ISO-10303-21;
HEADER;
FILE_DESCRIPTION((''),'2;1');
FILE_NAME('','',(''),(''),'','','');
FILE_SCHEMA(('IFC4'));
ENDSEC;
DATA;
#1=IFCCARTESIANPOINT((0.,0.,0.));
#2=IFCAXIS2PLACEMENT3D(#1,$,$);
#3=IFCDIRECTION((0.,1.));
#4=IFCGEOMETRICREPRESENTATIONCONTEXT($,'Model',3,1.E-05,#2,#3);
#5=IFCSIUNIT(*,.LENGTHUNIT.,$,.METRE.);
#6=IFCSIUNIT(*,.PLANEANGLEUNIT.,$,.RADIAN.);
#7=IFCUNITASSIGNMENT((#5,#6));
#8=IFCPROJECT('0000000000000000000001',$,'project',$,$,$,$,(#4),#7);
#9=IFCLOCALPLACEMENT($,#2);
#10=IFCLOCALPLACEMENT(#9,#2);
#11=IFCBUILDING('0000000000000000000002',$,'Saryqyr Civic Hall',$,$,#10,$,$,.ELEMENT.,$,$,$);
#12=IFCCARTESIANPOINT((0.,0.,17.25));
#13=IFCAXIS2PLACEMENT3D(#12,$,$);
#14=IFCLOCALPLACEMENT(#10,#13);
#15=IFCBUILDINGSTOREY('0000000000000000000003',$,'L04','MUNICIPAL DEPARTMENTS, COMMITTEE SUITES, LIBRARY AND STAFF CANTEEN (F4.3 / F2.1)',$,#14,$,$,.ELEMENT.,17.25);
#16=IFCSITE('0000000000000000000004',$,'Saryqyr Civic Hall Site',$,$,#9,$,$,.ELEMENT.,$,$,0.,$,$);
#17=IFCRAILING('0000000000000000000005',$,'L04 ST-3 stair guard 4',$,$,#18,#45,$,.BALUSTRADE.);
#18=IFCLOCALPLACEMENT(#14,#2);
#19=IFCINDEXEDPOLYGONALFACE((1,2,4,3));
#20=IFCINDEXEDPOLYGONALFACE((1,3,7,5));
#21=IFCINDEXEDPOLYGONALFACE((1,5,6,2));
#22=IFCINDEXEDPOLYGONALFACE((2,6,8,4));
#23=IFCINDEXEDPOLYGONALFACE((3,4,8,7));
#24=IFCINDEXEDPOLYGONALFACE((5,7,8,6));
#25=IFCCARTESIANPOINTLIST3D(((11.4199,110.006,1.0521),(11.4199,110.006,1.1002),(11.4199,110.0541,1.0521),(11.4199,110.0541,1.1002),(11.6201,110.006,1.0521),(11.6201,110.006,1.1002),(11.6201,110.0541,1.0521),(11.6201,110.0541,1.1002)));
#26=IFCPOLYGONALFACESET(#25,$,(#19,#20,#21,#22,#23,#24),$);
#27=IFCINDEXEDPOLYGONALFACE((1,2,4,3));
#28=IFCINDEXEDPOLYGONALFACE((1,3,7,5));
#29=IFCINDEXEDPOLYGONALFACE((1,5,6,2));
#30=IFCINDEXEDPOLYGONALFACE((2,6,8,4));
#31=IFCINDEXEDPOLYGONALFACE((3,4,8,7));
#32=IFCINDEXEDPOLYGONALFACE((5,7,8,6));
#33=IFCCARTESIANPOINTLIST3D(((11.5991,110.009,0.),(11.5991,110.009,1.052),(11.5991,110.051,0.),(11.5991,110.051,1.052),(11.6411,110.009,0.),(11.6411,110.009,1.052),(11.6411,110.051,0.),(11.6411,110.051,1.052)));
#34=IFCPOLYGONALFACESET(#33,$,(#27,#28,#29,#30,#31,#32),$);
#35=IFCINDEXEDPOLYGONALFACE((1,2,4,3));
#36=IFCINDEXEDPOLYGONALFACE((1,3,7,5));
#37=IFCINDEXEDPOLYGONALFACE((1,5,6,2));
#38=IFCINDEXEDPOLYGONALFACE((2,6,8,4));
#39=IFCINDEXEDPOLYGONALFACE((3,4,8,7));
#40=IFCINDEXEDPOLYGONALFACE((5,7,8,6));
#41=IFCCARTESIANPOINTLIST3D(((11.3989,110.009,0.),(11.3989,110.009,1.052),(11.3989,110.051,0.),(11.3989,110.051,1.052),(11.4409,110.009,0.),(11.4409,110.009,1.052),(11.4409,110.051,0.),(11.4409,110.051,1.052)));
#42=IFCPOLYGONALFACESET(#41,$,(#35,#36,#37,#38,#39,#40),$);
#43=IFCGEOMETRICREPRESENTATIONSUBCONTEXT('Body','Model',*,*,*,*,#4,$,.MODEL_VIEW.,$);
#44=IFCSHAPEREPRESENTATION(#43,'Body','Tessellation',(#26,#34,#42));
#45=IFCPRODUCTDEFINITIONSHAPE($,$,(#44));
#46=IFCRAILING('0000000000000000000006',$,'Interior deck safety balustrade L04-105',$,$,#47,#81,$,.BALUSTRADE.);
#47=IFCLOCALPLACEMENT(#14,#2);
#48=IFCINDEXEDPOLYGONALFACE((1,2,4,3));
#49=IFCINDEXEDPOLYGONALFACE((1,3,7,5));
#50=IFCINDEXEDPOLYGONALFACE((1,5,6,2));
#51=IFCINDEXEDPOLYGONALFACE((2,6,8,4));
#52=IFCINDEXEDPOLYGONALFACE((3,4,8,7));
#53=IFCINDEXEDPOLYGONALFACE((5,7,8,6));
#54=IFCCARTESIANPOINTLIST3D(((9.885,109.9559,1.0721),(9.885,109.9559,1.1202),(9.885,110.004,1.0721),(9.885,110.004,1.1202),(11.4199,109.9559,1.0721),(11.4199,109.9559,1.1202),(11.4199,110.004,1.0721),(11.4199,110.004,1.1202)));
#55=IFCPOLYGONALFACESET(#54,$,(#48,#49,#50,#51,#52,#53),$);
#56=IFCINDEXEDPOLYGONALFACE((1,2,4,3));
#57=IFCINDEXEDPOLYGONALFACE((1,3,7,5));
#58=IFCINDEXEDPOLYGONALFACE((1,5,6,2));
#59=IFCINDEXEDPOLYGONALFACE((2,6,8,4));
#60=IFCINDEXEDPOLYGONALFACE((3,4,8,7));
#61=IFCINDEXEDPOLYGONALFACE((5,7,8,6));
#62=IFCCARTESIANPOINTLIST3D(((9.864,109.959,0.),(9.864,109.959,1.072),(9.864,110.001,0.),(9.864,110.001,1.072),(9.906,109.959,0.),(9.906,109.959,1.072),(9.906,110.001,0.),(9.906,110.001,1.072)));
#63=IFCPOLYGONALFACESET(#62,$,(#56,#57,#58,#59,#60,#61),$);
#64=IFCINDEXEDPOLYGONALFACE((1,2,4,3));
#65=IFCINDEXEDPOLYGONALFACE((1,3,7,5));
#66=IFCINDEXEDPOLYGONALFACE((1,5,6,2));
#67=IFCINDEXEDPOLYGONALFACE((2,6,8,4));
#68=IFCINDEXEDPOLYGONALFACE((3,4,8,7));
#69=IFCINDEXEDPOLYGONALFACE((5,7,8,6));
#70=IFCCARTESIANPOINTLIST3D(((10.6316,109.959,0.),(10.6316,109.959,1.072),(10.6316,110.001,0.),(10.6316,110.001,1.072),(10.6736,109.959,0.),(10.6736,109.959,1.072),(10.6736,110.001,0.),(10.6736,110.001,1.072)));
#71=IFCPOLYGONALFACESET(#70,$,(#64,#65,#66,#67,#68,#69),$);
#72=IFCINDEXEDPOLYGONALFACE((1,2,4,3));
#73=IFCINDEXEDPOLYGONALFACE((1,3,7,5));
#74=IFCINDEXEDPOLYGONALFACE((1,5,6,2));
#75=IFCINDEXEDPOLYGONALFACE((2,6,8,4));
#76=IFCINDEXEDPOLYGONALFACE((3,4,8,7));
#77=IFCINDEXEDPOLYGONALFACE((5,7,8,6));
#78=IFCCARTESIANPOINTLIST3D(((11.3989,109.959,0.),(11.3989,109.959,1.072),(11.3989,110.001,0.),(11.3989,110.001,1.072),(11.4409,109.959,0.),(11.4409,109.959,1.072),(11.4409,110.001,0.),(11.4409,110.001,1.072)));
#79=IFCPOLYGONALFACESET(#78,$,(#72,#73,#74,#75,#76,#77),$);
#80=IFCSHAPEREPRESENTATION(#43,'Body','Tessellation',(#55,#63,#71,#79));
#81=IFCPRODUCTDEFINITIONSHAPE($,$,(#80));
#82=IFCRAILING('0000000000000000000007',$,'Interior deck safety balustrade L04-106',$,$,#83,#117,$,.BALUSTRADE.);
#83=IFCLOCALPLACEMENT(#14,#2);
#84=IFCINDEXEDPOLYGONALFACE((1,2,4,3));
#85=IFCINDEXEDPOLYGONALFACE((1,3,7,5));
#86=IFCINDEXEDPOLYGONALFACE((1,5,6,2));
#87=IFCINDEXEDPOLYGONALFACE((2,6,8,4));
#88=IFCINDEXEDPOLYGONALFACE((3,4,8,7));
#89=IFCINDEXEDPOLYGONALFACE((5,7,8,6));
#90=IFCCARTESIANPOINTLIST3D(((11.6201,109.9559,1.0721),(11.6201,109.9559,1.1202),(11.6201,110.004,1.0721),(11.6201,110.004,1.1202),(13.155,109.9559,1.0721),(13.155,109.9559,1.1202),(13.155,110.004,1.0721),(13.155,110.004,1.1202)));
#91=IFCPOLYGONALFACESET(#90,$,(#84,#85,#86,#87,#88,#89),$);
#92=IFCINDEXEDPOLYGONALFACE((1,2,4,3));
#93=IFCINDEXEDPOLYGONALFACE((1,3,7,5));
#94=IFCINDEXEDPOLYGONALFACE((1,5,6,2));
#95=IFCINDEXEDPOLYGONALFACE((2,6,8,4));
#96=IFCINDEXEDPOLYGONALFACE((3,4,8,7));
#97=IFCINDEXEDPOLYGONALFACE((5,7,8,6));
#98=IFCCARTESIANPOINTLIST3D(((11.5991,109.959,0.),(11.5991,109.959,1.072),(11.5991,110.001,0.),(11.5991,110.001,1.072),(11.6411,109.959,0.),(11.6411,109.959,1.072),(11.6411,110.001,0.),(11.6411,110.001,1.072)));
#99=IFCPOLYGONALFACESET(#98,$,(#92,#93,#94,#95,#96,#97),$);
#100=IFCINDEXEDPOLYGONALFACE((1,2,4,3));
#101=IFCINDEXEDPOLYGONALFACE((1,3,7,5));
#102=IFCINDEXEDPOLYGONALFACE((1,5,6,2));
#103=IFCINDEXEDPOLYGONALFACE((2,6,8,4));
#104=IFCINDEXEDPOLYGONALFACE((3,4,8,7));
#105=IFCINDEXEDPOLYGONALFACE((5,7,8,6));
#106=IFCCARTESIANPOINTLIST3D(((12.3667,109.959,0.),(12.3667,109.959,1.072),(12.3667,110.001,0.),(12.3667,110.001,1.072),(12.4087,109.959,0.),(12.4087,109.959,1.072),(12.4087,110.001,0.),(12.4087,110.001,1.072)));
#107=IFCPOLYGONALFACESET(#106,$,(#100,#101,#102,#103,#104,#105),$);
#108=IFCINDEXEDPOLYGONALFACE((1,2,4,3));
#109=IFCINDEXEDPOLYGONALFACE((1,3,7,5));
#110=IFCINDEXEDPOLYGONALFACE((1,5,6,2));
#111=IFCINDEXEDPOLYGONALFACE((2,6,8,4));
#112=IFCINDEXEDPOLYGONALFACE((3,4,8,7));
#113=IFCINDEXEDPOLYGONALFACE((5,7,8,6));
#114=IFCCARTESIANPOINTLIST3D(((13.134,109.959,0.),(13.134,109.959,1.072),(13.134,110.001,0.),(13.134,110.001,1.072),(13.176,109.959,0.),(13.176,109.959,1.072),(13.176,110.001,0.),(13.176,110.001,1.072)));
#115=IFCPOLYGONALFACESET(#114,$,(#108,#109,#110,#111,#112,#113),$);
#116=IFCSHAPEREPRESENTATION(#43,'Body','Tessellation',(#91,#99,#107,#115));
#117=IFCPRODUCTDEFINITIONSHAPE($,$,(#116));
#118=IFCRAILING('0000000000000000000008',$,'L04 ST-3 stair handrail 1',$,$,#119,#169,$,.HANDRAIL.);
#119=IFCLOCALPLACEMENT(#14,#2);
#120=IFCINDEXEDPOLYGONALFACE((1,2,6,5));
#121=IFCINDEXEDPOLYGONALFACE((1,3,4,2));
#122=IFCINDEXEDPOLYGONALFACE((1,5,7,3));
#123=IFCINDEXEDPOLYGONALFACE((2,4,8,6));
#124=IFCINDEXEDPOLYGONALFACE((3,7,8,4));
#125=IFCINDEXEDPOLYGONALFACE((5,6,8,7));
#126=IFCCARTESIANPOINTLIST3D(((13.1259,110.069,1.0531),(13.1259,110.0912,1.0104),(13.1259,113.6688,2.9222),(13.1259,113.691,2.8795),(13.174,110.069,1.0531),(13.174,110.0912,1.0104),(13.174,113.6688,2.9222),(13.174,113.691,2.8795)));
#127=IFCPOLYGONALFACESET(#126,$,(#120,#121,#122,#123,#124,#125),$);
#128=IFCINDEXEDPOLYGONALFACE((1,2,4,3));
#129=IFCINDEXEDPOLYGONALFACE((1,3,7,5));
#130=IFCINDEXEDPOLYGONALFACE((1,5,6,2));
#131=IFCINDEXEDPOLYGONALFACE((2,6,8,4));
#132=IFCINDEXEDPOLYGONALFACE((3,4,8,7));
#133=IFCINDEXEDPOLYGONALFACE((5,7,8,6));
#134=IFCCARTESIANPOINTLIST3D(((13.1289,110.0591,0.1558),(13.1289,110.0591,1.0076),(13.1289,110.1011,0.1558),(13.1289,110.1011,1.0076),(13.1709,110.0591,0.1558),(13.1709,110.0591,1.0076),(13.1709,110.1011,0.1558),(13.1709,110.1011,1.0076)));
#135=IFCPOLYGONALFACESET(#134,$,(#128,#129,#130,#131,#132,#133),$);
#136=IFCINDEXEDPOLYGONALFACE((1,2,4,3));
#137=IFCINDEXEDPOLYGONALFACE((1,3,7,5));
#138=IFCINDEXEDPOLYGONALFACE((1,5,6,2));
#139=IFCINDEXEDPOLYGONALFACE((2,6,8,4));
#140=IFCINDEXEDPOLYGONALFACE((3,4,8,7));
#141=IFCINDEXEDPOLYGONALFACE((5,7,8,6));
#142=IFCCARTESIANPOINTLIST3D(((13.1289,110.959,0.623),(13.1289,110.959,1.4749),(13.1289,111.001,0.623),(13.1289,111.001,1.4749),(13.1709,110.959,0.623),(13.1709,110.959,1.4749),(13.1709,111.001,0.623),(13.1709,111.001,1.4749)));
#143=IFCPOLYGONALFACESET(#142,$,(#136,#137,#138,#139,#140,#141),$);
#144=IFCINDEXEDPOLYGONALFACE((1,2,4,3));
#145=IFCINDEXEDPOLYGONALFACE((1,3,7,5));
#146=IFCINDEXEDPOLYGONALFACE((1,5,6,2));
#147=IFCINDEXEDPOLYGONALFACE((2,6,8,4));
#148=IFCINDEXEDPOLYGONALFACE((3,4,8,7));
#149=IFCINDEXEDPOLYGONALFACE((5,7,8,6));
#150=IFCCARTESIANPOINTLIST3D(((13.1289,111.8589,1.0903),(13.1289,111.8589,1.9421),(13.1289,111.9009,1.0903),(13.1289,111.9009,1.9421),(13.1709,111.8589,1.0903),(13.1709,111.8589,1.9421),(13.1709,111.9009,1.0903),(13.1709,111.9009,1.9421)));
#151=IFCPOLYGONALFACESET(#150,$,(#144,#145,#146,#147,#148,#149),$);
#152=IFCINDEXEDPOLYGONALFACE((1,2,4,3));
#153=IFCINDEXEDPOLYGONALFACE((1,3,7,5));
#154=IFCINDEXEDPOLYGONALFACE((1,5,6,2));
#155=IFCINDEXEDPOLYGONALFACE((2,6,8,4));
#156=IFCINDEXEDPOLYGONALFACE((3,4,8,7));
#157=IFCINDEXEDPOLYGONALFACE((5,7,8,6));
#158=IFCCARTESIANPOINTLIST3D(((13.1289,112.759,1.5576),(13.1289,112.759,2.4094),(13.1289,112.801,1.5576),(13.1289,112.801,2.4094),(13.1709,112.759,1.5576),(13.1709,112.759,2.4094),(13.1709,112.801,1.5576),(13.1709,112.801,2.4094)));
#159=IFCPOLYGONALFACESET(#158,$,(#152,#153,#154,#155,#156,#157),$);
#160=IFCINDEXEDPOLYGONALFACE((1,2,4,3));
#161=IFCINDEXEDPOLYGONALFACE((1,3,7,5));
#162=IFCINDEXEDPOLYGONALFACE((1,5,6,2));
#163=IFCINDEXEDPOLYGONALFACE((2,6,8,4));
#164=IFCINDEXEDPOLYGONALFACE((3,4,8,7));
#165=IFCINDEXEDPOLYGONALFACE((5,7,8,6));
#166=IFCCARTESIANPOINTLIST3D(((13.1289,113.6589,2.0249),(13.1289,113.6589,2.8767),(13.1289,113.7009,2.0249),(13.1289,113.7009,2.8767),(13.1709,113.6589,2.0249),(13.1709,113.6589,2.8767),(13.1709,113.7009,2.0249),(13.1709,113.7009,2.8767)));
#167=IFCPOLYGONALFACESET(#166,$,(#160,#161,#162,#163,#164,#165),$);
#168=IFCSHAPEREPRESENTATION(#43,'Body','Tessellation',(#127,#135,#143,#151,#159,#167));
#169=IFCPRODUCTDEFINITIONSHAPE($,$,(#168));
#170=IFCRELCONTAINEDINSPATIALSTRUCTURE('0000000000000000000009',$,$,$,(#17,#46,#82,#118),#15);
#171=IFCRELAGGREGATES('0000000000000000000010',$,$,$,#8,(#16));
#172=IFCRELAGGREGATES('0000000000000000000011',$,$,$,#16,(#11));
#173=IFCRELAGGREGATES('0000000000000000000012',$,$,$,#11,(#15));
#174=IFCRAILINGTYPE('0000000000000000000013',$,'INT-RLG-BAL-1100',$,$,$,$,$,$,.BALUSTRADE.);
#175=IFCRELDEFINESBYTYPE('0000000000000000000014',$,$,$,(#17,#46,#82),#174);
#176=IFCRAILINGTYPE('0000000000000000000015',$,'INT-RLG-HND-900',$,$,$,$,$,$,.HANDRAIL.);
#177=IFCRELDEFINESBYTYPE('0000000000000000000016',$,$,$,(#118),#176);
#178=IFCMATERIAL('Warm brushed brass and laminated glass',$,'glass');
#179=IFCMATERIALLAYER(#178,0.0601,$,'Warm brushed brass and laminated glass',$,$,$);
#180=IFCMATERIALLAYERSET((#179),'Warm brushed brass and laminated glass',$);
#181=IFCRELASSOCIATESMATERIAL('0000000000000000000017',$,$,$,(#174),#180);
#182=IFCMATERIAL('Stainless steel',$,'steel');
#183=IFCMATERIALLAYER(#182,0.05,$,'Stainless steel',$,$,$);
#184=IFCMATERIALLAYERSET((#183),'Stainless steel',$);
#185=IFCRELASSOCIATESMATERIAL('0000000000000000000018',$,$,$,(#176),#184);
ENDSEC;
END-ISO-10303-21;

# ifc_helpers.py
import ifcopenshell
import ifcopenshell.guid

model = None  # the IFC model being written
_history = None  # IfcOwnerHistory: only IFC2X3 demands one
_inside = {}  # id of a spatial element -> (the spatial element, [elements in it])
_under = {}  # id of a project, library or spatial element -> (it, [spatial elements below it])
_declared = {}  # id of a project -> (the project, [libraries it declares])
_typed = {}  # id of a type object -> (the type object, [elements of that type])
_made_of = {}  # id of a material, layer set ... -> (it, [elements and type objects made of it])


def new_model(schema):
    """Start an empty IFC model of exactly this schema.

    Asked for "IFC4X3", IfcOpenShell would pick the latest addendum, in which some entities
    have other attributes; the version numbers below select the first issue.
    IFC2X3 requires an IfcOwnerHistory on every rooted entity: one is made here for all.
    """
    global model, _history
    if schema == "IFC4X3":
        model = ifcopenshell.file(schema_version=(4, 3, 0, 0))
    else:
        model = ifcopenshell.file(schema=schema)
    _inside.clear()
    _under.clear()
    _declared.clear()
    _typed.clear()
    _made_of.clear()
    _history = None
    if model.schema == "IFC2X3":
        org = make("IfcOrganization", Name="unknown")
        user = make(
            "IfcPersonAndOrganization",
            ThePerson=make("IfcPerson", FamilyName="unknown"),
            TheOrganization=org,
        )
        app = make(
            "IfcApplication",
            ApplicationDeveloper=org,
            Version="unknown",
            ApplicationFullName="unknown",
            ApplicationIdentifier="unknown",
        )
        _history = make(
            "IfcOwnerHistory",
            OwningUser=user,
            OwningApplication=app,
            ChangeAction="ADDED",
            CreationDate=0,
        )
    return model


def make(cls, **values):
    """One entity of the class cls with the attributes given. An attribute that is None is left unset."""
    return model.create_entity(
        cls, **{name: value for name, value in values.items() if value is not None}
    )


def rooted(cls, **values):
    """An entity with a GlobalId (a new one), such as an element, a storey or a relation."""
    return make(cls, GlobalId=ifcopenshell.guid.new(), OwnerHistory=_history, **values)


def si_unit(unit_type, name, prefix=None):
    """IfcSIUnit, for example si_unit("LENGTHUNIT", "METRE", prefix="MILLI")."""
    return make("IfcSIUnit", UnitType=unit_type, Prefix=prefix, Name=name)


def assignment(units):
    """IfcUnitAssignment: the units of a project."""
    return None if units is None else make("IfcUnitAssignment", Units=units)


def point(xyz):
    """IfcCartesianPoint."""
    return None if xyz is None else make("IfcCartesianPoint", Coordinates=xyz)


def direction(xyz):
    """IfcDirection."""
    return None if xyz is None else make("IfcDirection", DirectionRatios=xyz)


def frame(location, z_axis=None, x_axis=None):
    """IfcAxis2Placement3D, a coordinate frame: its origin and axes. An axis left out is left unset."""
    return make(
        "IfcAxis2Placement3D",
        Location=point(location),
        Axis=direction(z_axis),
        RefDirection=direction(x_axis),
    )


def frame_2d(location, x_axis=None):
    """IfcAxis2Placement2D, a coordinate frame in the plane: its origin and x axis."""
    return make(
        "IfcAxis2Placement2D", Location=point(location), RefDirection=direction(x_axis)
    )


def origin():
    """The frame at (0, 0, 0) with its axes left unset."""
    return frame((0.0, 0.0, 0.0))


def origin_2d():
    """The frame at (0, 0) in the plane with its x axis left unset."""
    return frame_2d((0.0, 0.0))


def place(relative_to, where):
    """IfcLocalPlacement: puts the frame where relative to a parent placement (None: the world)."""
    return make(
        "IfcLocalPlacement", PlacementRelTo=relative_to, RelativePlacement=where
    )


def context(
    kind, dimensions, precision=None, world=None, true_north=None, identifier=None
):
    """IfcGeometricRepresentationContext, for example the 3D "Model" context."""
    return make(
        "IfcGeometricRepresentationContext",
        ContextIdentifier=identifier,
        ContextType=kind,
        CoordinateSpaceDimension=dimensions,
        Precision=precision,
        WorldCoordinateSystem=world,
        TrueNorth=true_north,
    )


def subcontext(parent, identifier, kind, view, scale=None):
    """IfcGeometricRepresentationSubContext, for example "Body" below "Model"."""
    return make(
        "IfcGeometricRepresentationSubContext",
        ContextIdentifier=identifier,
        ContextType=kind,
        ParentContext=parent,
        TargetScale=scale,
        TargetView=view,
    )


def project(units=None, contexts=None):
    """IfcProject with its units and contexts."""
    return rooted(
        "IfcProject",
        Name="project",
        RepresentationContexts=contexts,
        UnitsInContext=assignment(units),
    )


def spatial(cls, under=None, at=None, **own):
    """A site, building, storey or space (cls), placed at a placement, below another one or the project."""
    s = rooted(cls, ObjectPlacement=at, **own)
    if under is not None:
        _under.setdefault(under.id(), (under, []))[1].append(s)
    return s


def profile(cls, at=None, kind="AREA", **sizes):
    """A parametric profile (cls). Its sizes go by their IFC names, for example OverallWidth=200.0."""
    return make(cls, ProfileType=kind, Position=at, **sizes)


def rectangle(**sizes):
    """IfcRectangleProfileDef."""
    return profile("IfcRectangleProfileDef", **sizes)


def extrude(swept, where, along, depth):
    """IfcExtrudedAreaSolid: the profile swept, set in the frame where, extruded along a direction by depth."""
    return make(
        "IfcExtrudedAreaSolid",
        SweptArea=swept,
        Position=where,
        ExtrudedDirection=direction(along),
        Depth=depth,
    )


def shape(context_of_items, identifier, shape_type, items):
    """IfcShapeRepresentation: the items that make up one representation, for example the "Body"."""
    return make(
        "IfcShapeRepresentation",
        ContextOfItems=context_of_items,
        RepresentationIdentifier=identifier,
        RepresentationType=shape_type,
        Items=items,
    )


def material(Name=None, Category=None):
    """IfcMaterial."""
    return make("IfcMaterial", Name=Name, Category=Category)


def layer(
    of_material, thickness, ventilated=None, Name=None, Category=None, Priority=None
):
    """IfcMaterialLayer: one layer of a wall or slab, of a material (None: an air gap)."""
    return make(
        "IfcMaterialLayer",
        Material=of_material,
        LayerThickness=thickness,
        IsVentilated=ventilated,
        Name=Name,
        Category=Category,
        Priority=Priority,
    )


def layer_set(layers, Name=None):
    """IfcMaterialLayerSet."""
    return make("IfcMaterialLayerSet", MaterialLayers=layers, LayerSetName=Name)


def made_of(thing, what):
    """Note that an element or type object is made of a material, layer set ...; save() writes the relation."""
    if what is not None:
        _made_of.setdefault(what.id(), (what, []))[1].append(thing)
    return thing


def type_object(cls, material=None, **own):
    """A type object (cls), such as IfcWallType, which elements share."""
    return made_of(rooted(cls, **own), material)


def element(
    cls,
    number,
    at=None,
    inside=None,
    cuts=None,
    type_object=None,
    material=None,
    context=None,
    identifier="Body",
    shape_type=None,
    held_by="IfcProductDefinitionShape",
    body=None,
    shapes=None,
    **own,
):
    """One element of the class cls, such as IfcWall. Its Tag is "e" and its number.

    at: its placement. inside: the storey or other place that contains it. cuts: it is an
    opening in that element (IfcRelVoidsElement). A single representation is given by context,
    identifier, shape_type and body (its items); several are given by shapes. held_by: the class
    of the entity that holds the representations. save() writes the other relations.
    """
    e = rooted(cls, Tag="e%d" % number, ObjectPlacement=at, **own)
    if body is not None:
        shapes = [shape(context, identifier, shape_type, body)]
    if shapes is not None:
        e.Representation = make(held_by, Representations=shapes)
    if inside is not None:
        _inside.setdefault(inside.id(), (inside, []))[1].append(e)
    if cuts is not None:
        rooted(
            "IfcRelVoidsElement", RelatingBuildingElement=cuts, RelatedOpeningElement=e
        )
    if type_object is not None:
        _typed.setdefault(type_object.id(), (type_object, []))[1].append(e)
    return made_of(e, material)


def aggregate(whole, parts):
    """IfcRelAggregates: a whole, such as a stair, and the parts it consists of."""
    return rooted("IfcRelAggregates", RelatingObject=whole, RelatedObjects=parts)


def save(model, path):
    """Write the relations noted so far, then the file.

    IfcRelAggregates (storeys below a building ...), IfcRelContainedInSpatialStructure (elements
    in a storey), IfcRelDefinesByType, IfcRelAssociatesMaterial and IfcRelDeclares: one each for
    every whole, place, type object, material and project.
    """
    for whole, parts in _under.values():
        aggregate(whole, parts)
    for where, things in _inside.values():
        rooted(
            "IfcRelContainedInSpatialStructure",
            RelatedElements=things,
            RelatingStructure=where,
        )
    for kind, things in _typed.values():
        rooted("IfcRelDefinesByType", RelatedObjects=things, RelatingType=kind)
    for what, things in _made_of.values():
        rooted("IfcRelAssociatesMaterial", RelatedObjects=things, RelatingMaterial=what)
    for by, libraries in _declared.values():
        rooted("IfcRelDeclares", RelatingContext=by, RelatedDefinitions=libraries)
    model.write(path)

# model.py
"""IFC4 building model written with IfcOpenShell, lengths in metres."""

from ifc_helpers import new_model, si_unit, direction, frame, origin, origin_2d, place, context, subcontext, project, spatial, rectangle, extrude, material, layer, layer_set, type_object, element, save


model = new_model("IFC4")

# Units and contexts
model_context = context("Model", 3, precision=1e-05, world=origin(), true_north=direction((0.0, 1.0)))
body_context = subcontext(model_context, "Body", "Model", "MODEL_VIEW")
ifc_project = project(units=[si_unit("LENGTHUNIT", "METRE"), si_unit("PLANEANGLEUNIT", "RADIAN")], contexts=[model_context])

# Site, building, storey
site_placement = place(None, origin())
site = spatial("IfcSite", under=ifc_project, at=site_placement, Name="Saryqyr Civic Hall Site", CompositionType="ELEMENT", RefElevation=0.0)
building_placement = place(site_placement, origin())
building = spatial("IfcBuilding", under=site, at=building_placement, Name="Saryqyr Civic Hall", CompositionType="ELEMENT")
storey_placement = place(building_placement, frame((0.0, 0.0, 17.25)))
storey = spatial("IfcBuildingStorey", under=building, at=storey_placement, Name="L04", Description="MUNICIPAL DEPARTMENTS, COMMITTEE SUITES, LIBRARY AND STAFF CANTEEN (F4.3 / F2.1)", CompositionType="ELEMENT", Elevation=17.25)

# Railings
ifc_material_1 = material(Name="Warm brushed brass and laminated glass", Category="glass")
ifc_layer_1 = layer(ifc_material_1, 0.0601, Name="Warm brushed brass and laminated glass")
ifc_layer_set_1 = layer_set([ifc_layer_1], Name="Warm brushed brass and laminated glass")
railing_type_1 = type_object("IfcRailingType", Name="INT-RLG-BAL-1100", PredefinedType="BALUSTRADE", material=ifc_layer_set_1)
railing_1_placement = place(storey_placement, frame((11.6201, 110.03, 0.0)))
element("IfcRailing", 1, at=railing_1_placement, inside=storey, type_object=railing_type_1, Name="L04 ST-3 stair guard 4", PredefinedType="BALUSTRADE", context=body_context, shape_type="SweptSolid", body=[
    extrude(rectangle(XDim=0.0481, YDim=0.0481, at=origin_2d()), frame((0.0, 0.0, 1.0762), z_axis=(-1.0, 0.0, 0.0), x_axis=(0.0, -1.0, 0.0)), (0.0, 0.0, 1.0), 0.2002),
    extrude(rectangle(XDim=0.042, YDim=0.042, at=origin_2d()), origin(), (0.0, 0.0, 1.0), 1.052),
    extrude(rectangle(XDim=0.042, YDim=0.042, at=origin_2d()), frame((-0.2002, 0.0, 0.0)), (0.0, 0.0, 1.0), 1.052),
])
for number, where, name in (
    (2, (9.885, 109.98, 0.0), "Interior deck safety balustrade L04-105"),
    (3, (11.6201, 109.98, 0.0), "Interior deck safety balustrade L04-106"),
):
    element("IfcRailing", number, at=place(storey_placement, frame(where)), inside=storey, type_object=railing_type_1, Name=name, PredefinedType="BALUSTRADE", context=body_context, shape_type="SweptSolid", body=[
        extrude(rectangle(XDim=0.0481, YDim=0.0481, at=origin_2d()), frame((0.0, 0.0, 1.0962), z_axis=(1.0, 0.0, 0.0), x_axis=(0.0, 1.0, 0.0)), (0.0, 0.0, 1.0), 1.5349),
        extrude(rectangle(XDim=0.042, YDim=0.042, at=origin_2d()), origin(), (0.0, 0.0, 1.0), 1.072),
        extrude(rectangle(XDim=0.042, YDim=0.042, at=origin_2d()), frame((0.7676, 0.0, 0.0)), (0.0, 0.0, 1.0), 1.072),
        extrude(rectangle(XDim=0.042, YDim=0.042, at=origin_2d()), frame((1.5349, 0.0, 0.0)), (0.0, 0.0, 1.0), 1.072),
    ])
ifc_material_2 = material(Name="Stainless steel", Category="steel")
ifc_layer_2 = layer(ifc_material_2, 0.05, Name="Stainless steel")
ifc_layer_set_2 = layer_set([ifc_layer_2], Name="Stainless steel")
railing_type_2 = type_object("IfcRailingType", Name="INT-RLG-HND-900", PredefinedType="HANDRAIL", material=ifc_layer_set_2)
railing_2_placement = place(storey_placement, frame((13.1499, 110.0801, 0.1558)))
element("IfcRailing", 4, at=railing_2_placement, inside=storey, type_object=railing_type_2, Name="L04 ST-3 stair handrail 1", PredefinedType="HANDRAIL", context=body_context, shape_type="SweptSolid", body=[
    extrude(rectangle(XDim=0.0481, YDim=0.0481, at=origin_2d()), frame((0.0, 0.0, 0.876), z_axis=(0.0, 0.887497, 0.460813), x_axis=(-1.0, 0.0, 0.0)), (0.0, 0.0, 1.0), 4.0562),
    extrude(rectangle(XDim=0.042, YDim=0.042, at=origin_2d()), origin(), (0.0, 0.0, 1.0), 0.8518),
    extrude(rectangle(XDim=0.042, YDim=0.042, at=origin_2d()), frame((0.0, 0.8999, 0.4673)), (0.0, 0.0, 1.0), 0.8518),
    extrude(rectangle(XDim=0.042, YDim=0.042, at=origin_2d()), frame((0.0, 1.7998, 0.9346)), (0.0, 0.0, 1.0), 0.8518),
    extrude(rectangle(XDim=0.042, YDim=0.042, at=origin_2d()), frame((0.0, 2.7, 1.4019)), (0.0, 0.0, 1.0), 0.8518),
    extrude(rectangle(XDim=0.042, YDim=0.042, at=origin_2d()), frame((0.0, 3.5999, 1.8691)), (0.0, 0.0, 1.0), 0.8518),
])

save(model, "model.ifc")
